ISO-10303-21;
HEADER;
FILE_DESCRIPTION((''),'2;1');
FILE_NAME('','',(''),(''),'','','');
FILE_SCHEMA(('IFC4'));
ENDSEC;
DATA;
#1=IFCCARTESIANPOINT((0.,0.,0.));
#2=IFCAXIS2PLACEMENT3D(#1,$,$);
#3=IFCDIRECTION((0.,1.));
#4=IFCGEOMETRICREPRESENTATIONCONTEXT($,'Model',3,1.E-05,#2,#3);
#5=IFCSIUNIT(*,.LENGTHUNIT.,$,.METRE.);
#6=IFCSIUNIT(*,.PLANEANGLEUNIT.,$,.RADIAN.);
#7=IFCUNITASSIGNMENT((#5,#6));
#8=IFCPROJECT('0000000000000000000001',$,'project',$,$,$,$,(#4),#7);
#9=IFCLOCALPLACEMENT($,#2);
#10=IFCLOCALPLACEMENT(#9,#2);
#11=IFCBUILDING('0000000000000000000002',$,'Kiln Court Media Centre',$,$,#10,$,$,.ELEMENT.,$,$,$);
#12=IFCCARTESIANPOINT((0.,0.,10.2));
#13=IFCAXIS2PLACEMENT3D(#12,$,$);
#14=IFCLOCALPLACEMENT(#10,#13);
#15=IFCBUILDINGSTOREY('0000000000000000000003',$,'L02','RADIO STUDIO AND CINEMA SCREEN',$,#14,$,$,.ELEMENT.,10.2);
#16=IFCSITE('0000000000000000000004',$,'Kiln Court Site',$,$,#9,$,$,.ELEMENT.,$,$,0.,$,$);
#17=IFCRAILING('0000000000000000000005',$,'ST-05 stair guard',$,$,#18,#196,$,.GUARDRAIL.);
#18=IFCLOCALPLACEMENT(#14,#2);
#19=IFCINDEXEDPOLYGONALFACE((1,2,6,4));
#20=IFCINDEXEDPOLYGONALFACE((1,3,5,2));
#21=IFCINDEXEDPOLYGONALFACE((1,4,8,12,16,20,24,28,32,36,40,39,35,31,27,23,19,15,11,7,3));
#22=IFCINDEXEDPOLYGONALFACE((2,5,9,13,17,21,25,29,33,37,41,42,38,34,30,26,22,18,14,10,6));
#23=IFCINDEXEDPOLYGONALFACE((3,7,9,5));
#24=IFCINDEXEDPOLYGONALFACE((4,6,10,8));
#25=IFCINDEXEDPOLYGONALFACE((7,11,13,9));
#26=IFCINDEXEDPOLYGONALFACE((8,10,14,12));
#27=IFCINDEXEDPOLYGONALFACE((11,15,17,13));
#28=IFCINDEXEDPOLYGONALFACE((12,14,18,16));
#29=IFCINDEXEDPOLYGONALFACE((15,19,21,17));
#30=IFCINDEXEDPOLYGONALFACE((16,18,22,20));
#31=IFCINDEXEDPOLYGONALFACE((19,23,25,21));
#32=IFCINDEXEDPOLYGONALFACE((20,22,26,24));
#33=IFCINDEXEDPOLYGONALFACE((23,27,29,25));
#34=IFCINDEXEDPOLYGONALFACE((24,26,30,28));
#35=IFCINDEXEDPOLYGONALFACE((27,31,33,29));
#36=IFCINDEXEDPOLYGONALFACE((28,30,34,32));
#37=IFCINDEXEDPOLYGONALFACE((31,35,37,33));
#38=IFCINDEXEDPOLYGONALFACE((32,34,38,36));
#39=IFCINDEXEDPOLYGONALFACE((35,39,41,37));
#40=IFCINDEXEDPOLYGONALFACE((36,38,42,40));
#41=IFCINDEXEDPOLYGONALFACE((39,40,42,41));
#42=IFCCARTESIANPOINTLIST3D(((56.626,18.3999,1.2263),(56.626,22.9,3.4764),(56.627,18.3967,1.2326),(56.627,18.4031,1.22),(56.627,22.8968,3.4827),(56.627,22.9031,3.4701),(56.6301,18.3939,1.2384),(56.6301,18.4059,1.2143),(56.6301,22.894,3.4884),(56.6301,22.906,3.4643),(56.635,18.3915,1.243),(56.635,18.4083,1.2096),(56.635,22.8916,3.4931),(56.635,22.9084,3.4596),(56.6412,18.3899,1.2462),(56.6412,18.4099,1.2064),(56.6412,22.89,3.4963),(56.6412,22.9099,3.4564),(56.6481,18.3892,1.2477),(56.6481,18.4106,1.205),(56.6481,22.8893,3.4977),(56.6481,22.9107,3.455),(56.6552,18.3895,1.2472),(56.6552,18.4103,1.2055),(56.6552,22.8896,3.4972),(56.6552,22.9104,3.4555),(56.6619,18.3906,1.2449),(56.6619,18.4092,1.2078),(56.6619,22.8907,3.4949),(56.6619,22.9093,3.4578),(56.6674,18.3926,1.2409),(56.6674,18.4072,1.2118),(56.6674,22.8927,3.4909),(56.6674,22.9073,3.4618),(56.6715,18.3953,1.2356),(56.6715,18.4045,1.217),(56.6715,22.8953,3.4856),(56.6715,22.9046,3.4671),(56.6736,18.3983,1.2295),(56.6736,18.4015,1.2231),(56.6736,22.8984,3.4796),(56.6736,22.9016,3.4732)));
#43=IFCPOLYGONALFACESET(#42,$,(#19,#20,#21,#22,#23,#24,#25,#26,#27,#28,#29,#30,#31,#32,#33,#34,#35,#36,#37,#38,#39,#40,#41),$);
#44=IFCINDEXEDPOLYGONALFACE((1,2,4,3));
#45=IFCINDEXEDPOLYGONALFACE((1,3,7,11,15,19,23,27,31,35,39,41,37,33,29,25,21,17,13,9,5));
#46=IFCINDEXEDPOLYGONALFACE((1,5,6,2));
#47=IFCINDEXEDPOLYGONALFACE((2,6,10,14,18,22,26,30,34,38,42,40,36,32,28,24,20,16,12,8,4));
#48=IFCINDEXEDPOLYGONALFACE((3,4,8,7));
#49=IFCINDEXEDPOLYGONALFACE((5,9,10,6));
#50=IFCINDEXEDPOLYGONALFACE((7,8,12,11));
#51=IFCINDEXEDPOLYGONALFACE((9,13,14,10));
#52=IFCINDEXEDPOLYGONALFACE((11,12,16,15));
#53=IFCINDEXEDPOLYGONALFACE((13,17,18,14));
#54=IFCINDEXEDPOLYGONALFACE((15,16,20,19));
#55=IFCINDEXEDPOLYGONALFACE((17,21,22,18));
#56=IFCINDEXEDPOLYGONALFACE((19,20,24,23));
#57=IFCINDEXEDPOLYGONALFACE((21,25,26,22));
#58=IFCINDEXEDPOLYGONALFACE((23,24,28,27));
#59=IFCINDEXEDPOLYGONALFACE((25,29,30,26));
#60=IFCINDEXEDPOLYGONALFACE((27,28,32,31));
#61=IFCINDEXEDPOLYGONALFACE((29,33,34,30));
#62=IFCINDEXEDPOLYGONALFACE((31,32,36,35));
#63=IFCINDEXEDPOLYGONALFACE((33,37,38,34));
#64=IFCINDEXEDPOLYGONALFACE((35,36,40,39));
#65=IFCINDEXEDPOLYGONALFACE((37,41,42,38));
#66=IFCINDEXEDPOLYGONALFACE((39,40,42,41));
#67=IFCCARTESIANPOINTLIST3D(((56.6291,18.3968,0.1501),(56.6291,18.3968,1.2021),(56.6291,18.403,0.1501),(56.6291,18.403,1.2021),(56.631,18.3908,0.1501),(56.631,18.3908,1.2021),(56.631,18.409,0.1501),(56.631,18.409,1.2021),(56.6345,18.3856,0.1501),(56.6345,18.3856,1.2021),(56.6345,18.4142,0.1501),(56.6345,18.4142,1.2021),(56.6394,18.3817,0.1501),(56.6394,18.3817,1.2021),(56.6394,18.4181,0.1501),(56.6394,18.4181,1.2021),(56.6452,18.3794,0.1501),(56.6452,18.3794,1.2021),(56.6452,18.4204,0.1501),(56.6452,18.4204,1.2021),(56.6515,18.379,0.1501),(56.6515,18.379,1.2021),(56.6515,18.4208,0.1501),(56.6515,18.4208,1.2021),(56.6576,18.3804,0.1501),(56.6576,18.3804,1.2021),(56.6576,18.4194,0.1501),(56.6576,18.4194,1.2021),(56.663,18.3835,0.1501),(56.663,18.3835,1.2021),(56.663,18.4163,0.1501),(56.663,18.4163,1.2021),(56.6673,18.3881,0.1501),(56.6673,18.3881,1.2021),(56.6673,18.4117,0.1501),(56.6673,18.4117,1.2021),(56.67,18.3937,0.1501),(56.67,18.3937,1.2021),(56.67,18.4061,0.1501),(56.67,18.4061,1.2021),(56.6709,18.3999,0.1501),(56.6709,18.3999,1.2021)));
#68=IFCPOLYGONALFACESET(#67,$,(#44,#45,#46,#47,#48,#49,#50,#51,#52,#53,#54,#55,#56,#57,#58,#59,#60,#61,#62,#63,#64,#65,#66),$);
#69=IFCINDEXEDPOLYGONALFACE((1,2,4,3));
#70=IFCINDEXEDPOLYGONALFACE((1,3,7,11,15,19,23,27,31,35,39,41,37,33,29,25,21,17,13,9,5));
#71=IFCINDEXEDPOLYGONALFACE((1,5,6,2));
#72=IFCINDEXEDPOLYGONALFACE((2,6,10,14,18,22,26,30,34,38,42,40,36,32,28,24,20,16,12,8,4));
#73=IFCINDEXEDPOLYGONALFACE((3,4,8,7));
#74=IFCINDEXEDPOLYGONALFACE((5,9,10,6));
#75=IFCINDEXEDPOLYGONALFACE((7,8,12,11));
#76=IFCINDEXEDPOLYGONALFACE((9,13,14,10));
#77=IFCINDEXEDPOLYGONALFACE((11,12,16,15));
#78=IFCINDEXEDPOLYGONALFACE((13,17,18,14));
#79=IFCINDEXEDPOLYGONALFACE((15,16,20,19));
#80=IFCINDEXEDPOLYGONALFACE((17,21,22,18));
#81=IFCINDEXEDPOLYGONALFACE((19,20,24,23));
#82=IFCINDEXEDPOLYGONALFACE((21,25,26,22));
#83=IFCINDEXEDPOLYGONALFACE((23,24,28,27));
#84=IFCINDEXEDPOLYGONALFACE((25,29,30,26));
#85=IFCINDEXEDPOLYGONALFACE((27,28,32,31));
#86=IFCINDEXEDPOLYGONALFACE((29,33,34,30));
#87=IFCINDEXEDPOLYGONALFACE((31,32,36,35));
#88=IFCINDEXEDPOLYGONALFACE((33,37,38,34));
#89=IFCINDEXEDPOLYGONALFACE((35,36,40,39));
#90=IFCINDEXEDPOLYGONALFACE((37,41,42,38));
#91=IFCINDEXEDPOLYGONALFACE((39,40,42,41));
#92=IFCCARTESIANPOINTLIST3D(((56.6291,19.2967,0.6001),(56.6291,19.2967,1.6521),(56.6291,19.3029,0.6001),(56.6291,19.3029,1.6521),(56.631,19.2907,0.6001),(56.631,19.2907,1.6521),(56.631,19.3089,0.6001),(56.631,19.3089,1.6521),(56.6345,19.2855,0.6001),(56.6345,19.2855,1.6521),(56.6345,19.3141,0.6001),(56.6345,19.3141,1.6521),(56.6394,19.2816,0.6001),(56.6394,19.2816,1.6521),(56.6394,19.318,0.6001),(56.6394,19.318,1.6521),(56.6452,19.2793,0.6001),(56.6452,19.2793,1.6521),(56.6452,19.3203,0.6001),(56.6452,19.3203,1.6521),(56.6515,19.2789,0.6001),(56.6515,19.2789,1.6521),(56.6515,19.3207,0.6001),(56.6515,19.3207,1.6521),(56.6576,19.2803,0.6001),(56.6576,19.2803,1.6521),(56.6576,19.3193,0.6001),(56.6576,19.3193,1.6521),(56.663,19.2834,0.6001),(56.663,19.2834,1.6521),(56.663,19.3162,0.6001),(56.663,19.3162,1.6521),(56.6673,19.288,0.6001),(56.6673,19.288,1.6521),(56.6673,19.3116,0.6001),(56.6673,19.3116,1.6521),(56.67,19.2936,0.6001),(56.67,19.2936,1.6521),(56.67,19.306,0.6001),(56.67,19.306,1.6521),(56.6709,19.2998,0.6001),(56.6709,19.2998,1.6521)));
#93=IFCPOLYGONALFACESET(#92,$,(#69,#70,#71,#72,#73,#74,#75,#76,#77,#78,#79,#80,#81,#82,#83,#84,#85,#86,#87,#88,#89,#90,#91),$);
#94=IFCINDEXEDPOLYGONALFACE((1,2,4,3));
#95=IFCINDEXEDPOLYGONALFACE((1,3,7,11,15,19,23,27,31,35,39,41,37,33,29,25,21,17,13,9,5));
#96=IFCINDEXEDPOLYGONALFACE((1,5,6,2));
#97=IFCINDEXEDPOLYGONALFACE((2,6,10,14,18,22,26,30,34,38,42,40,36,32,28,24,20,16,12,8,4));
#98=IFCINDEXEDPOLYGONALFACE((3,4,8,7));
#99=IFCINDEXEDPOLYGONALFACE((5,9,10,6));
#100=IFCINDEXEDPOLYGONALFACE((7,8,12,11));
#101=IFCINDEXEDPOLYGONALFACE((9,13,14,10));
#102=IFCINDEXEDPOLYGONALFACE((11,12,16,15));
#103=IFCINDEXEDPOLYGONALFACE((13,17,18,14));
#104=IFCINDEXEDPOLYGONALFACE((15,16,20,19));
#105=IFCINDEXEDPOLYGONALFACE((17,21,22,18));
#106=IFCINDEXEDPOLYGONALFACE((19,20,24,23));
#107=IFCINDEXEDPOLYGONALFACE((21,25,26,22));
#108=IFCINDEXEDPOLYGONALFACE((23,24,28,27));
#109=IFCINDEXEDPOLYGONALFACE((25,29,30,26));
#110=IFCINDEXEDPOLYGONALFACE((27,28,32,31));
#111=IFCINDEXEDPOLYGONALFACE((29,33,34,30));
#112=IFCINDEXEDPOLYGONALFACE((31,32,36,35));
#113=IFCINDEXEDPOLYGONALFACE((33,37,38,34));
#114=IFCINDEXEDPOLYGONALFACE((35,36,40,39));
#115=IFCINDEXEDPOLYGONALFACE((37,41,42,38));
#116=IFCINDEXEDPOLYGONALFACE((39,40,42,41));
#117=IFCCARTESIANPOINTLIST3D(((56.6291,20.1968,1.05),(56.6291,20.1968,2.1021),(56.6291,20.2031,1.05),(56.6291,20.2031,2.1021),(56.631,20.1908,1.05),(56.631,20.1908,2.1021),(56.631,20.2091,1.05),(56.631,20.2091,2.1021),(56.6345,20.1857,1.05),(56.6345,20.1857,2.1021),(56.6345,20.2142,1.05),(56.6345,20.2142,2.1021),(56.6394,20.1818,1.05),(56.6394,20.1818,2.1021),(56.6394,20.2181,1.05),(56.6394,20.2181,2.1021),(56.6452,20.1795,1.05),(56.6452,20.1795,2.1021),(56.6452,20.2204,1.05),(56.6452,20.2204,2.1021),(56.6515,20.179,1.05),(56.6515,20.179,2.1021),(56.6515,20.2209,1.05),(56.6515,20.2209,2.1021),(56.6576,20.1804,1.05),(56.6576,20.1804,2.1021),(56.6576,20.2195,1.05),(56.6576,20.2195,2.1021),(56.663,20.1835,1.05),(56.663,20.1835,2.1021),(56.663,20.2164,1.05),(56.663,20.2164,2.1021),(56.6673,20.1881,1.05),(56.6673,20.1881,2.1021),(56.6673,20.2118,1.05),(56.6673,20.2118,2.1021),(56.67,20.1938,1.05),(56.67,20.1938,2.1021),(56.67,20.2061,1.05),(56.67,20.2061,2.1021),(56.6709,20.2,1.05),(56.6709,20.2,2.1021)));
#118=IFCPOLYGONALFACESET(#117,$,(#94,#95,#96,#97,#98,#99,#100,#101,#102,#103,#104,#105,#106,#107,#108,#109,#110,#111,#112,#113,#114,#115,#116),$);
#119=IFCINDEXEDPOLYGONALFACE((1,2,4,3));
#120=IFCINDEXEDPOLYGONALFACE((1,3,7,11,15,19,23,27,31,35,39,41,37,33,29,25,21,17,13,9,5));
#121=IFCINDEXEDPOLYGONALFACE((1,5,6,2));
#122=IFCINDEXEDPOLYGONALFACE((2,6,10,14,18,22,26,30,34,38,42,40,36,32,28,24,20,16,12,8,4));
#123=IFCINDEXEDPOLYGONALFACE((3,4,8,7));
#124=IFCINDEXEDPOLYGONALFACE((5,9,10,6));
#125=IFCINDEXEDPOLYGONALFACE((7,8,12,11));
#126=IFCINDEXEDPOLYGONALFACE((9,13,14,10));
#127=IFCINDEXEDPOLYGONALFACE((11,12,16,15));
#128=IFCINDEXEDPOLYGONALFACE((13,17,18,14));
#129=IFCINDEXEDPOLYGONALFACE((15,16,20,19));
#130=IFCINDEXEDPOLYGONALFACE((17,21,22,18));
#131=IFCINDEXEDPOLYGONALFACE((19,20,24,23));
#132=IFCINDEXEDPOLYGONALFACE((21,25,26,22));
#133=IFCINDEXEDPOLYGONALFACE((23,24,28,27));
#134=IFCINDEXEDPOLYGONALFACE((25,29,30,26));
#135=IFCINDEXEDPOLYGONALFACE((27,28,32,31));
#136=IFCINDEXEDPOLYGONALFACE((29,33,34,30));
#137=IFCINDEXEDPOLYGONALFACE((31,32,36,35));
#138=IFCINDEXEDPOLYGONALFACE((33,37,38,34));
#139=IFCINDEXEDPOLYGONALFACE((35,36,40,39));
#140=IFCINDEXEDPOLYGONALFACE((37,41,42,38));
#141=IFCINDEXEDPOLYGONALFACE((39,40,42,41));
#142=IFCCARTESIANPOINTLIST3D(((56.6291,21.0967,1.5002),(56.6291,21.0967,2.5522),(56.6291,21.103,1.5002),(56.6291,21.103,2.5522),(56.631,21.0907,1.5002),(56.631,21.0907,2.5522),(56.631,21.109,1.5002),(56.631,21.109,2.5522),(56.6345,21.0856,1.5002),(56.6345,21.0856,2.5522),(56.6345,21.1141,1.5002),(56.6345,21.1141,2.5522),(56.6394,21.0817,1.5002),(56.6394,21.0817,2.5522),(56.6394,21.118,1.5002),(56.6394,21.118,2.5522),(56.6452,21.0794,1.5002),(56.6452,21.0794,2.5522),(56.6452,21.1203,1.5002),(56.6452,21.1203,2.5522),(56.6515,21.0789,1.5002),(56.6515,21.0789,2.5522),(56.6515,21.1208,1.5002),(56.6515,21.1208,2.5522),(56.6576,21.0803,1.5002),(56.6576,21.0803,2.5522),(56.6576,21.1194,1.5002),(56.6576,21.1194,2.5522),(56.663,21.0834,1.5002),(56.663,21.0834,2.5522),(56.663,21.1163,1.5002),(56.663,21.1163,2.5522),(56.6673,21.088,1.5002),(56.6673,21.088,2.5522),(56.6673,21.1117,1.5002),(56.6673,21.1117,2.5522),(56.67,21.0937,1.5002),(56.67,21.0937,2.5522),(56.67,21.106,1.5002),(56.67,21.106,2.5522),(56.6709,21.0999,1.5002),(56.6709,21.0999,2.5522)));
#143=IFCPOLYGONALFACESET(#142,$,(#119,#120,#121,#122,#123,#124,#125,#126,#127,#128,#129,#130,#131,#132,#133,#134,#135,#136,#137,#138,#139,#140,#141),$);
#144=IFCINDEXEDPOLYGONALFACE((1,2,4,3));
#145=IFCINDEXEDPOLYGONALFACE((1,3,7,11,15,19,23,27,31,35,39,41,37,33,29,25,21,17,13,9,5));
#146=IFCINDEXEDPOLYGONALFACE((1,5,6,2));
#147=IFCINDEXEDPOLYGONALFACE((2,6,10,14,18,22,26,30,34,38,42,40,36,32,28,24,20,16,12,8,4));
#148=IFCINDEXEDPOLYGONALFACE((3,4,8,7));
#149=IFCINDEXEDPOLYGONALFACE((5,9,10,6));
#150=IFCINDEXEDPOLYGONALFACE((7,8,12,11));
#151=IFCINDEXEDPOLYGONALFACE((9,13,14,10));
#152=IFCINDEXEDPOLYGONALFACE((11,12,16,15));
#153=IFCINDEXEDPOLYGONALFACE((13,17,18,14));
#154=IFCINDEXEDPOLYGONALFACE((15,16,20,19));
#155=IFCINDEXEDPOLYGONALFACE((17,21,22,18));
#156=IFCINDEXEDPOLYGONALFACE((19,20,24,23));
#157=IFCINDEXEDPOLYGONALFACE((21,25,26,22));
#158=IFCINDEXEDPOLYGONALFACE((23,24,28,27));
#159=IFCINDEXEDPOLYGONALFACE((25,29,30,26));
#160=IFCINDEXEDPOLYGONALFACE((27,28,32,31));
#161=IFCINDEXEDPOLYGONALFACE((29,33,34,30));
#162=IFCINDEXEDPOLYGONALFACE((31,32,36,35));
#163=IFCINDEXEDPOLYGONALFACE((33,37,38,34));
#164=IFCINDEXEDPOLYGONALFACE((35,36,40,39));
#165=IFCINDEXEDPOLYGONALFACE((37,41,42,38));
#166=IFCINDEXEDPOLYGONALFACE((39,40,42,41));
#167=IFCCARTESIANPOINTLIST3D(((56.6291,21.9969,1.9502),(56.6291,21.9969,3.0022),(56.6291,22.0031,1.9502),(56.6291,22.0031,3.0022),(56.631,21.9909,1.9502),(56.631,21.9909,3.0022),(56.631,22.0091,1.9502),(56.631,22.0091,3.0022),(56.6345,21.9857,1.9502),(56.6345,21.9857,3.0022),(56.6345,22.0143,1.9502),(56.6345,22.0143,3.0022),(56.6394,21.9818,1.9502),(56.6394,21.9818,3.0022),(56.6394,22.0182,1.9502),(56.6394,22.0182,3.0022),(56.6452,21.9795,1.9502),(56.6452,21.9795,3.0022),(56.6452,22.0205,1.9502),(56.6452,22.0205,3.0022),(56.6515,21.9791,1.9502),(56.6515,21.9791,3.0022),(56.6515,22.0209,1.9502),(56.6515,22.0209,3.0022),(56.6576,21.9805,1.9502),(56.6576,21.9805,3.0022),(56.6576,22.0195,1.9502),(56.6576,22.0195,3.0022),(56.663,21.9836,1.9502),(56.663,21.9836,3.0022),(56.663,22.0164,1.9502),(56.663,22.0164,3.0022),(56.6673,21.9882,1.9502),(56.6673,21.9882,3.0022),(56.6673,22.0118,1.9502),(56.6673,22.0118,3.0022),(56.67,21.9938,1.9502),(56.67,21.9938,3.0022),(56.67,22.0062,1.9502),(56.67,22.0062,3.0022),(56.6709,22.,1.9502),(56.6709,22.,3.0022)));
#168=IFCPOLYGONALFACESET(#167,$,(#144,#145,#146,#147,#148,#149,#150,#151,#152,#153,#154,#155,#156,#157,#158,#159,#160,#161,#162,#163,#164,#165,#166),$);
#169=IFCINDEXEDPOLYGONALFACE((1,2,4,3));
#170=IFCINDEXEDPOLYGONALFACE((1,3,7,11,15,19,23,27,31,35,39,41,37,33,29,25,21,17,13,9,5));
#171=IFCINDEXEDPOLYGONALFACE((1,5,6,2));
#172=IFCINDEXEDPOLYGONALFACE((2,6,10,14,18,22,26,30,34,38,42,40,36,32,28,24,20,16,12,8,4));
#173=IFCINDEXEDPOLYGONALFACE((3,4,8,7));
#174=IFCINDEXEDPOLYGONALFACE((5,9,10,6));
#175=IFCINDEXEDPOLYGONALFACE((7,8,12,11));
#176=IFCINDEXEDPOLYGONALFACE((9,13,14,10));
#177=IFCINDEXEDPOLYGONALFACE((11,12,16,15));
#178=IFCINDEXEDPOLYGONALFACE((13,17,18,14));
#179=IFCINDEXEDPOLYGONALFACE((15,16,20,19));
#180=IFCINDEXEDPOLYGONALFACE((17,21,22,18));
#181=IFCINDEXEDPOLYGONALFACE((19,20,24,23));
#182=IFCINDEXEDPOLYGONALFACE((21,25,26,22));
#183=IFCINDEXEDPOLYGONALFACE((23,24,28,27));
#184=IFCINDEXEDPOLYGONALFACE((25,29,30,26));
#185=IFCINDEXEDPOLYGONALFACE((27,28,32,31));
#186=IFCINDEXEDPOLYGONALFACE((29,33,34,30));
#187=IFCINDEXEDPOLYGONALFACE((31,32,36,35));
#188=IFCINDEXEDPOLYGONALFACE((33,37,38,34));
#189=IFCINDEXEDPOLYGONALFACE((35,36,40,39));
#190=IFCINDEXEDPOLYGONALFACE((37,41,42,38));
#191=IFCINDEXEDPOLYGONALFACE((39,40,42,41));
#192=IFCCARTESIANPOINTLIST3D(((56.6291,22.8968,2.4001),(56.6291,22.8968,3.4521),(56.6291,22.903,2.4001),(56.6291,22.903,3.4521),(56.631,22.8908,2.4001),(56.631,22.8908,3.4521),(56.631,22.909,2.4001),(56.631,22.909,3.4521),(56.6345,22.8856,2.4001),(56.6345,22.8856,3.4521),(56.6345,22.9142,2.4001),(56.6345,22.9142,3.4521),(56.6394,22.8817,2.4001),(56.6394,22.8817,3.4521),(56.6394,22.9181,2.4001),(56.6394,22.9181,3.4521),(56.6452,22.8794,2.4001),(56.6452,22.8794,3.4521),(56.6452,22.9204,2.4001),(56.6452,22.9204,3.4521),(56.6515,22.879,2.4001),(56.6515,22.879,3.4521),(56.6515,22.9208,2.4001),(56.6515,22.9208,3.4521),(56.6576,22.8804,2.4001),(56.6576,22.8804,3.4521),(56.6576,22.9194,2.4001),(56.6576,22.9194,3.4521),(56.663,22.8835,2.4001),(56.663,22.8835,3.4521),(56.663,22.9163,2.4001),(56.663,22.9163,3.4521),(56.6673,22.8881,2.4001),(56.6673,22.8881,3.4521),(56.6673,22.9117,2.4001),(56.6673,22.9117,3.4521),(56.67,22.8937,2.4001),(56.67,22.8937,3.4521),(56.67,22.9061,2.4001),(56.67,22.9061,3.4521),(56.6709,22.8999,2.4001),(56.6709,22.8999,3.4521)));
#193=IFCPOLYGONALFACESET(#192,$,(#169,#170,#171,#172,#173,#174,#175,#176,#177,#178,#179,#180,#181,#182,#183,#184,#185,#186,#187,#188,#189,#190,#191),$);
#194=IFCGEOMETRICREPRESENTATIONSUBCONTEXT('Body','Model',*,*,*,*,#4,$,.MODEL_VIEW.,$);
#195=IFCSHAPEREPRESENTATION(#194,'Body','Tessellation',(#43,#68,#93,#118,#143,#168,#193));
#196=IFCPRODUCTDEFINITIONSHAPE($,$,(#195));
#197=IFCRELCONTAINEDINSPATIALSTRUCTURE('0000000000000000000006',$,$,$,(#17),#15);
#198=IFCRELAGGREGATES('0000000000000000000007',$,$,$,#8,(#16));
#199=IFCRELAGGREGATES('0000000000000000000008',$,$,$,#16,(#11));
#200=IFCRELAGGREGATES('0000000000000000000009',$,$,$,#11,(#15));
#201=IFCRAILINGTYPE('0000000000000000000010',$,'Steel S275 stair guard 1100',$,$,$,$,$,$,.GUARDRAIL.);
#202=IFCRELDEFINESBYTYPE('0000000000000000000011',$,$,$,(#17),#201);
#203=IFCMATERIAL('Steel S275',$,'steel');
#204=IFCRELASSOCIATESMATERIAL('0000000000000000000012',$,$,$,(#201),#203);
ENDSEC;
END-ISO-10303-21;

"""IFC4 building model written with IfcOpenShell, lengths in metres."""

from ifc_helpers import new_model, si_unit, direction, frame, origin, origin_2d, place, context, subcontext, project, spatial, circle, extrude, material, type_object, element, save


model = new_model("IFC4")

# Units and contexts
model_context = context("Model", 3, precision=1e-05, world=origin(), true_north=direction((0.0, 1.0)))
body_context = subcontext(model_context, "Body", "Model", "MODEL_VIEW")
ifc_project = project(units=[si_unit("LENGTHUNIT", "METRE"), si_unit("PLANEANGLEUNIT", "RADIAN")], contexts=[model_context])

# Site, building, storey
site_placement = place(None, origin())
site = spatial("IfcSite", under=ifc_project, at=site_placement, Name="Kiln Court Site", CompositionType="ELEMENT", RefElevation=0.0)
building_placement = place(site_placement, origin())
building = spatial("IfcBuilding", under=site, at=building_placement, Name="Kiln Court Media Centre", CompositionType="ELEMENT")
storey_placement = place(building_placement, frame((0.0, 0.0, 10.2)))
storey = spatial("IfcBuildingStorey", under=building, at=storey_placement, Name="L02", Description="RADIO STUDIO AND CINEMA SCREEN", CompositionType="ELEMENT", Elevation=10.2)

# Railing
ifc_material_1 = material(Name="Steel S275", Category="steel")
railing_type = type_object("IfcRailingType", Name="Steel S275 stair guard 1100", PredefinedType="GUARDRAIL", material=ifc_material_1)
railing_1_placement = place(storey_placement, frame((56.6499, 18.3999, 0.1501)))
element("IfcRailing", 1, at=railing_1_placement, inside=storey, type_object=railing_type, Name="ST-05 stair guard", PredefinedType="GUARDRAIL", context=body_context, shape_type="SweptSolid", body=[
    extrude(circle(Radius=0.0239, at=origin_2d()), frame((0.0, 0.0, 1.0762), z_axis=(0.0, 0.894427, 0.447214), x_axis=(-1.0, 0.0, 0.0)), (0.0, 0.0, 1.0), 5.0312),
    extrude(circle(Radius=0.021, at=origin_2d()), origin(), (0.0, 0.0, 1.0), 1.052),
    extrude(circle(Radius=0.021, at=origin_2d()), frame((0.0, 0.8999, 0.45)), (0.0, 0.0, 1.0), 1.052),
    extrude(circle(Radius=0.021, at=origin_2d()), frame((0.0, 1.8, 0.8999)), (0.0, 0.0, 1.0), 1.052),
    extrude(circle(Radius=0.021, at=origin_2d()), frame((0.0, 2.7, 1.3501)), (0.0, 0.0, 1.0), 1.052),
    extrude(circle(Radius=0.021, at=origin_2d()), frame((0.0, 3.6001, 1.8)), (0.0, 0.0, 1.0), 1.052),
    extrude(circle(Radius=0.021, at=origin_2d()), frame((0.0, 4.5, 2.25)), (0.0, 0.0, 1.0), 1.052),
])

save(model, "model.ifc")
